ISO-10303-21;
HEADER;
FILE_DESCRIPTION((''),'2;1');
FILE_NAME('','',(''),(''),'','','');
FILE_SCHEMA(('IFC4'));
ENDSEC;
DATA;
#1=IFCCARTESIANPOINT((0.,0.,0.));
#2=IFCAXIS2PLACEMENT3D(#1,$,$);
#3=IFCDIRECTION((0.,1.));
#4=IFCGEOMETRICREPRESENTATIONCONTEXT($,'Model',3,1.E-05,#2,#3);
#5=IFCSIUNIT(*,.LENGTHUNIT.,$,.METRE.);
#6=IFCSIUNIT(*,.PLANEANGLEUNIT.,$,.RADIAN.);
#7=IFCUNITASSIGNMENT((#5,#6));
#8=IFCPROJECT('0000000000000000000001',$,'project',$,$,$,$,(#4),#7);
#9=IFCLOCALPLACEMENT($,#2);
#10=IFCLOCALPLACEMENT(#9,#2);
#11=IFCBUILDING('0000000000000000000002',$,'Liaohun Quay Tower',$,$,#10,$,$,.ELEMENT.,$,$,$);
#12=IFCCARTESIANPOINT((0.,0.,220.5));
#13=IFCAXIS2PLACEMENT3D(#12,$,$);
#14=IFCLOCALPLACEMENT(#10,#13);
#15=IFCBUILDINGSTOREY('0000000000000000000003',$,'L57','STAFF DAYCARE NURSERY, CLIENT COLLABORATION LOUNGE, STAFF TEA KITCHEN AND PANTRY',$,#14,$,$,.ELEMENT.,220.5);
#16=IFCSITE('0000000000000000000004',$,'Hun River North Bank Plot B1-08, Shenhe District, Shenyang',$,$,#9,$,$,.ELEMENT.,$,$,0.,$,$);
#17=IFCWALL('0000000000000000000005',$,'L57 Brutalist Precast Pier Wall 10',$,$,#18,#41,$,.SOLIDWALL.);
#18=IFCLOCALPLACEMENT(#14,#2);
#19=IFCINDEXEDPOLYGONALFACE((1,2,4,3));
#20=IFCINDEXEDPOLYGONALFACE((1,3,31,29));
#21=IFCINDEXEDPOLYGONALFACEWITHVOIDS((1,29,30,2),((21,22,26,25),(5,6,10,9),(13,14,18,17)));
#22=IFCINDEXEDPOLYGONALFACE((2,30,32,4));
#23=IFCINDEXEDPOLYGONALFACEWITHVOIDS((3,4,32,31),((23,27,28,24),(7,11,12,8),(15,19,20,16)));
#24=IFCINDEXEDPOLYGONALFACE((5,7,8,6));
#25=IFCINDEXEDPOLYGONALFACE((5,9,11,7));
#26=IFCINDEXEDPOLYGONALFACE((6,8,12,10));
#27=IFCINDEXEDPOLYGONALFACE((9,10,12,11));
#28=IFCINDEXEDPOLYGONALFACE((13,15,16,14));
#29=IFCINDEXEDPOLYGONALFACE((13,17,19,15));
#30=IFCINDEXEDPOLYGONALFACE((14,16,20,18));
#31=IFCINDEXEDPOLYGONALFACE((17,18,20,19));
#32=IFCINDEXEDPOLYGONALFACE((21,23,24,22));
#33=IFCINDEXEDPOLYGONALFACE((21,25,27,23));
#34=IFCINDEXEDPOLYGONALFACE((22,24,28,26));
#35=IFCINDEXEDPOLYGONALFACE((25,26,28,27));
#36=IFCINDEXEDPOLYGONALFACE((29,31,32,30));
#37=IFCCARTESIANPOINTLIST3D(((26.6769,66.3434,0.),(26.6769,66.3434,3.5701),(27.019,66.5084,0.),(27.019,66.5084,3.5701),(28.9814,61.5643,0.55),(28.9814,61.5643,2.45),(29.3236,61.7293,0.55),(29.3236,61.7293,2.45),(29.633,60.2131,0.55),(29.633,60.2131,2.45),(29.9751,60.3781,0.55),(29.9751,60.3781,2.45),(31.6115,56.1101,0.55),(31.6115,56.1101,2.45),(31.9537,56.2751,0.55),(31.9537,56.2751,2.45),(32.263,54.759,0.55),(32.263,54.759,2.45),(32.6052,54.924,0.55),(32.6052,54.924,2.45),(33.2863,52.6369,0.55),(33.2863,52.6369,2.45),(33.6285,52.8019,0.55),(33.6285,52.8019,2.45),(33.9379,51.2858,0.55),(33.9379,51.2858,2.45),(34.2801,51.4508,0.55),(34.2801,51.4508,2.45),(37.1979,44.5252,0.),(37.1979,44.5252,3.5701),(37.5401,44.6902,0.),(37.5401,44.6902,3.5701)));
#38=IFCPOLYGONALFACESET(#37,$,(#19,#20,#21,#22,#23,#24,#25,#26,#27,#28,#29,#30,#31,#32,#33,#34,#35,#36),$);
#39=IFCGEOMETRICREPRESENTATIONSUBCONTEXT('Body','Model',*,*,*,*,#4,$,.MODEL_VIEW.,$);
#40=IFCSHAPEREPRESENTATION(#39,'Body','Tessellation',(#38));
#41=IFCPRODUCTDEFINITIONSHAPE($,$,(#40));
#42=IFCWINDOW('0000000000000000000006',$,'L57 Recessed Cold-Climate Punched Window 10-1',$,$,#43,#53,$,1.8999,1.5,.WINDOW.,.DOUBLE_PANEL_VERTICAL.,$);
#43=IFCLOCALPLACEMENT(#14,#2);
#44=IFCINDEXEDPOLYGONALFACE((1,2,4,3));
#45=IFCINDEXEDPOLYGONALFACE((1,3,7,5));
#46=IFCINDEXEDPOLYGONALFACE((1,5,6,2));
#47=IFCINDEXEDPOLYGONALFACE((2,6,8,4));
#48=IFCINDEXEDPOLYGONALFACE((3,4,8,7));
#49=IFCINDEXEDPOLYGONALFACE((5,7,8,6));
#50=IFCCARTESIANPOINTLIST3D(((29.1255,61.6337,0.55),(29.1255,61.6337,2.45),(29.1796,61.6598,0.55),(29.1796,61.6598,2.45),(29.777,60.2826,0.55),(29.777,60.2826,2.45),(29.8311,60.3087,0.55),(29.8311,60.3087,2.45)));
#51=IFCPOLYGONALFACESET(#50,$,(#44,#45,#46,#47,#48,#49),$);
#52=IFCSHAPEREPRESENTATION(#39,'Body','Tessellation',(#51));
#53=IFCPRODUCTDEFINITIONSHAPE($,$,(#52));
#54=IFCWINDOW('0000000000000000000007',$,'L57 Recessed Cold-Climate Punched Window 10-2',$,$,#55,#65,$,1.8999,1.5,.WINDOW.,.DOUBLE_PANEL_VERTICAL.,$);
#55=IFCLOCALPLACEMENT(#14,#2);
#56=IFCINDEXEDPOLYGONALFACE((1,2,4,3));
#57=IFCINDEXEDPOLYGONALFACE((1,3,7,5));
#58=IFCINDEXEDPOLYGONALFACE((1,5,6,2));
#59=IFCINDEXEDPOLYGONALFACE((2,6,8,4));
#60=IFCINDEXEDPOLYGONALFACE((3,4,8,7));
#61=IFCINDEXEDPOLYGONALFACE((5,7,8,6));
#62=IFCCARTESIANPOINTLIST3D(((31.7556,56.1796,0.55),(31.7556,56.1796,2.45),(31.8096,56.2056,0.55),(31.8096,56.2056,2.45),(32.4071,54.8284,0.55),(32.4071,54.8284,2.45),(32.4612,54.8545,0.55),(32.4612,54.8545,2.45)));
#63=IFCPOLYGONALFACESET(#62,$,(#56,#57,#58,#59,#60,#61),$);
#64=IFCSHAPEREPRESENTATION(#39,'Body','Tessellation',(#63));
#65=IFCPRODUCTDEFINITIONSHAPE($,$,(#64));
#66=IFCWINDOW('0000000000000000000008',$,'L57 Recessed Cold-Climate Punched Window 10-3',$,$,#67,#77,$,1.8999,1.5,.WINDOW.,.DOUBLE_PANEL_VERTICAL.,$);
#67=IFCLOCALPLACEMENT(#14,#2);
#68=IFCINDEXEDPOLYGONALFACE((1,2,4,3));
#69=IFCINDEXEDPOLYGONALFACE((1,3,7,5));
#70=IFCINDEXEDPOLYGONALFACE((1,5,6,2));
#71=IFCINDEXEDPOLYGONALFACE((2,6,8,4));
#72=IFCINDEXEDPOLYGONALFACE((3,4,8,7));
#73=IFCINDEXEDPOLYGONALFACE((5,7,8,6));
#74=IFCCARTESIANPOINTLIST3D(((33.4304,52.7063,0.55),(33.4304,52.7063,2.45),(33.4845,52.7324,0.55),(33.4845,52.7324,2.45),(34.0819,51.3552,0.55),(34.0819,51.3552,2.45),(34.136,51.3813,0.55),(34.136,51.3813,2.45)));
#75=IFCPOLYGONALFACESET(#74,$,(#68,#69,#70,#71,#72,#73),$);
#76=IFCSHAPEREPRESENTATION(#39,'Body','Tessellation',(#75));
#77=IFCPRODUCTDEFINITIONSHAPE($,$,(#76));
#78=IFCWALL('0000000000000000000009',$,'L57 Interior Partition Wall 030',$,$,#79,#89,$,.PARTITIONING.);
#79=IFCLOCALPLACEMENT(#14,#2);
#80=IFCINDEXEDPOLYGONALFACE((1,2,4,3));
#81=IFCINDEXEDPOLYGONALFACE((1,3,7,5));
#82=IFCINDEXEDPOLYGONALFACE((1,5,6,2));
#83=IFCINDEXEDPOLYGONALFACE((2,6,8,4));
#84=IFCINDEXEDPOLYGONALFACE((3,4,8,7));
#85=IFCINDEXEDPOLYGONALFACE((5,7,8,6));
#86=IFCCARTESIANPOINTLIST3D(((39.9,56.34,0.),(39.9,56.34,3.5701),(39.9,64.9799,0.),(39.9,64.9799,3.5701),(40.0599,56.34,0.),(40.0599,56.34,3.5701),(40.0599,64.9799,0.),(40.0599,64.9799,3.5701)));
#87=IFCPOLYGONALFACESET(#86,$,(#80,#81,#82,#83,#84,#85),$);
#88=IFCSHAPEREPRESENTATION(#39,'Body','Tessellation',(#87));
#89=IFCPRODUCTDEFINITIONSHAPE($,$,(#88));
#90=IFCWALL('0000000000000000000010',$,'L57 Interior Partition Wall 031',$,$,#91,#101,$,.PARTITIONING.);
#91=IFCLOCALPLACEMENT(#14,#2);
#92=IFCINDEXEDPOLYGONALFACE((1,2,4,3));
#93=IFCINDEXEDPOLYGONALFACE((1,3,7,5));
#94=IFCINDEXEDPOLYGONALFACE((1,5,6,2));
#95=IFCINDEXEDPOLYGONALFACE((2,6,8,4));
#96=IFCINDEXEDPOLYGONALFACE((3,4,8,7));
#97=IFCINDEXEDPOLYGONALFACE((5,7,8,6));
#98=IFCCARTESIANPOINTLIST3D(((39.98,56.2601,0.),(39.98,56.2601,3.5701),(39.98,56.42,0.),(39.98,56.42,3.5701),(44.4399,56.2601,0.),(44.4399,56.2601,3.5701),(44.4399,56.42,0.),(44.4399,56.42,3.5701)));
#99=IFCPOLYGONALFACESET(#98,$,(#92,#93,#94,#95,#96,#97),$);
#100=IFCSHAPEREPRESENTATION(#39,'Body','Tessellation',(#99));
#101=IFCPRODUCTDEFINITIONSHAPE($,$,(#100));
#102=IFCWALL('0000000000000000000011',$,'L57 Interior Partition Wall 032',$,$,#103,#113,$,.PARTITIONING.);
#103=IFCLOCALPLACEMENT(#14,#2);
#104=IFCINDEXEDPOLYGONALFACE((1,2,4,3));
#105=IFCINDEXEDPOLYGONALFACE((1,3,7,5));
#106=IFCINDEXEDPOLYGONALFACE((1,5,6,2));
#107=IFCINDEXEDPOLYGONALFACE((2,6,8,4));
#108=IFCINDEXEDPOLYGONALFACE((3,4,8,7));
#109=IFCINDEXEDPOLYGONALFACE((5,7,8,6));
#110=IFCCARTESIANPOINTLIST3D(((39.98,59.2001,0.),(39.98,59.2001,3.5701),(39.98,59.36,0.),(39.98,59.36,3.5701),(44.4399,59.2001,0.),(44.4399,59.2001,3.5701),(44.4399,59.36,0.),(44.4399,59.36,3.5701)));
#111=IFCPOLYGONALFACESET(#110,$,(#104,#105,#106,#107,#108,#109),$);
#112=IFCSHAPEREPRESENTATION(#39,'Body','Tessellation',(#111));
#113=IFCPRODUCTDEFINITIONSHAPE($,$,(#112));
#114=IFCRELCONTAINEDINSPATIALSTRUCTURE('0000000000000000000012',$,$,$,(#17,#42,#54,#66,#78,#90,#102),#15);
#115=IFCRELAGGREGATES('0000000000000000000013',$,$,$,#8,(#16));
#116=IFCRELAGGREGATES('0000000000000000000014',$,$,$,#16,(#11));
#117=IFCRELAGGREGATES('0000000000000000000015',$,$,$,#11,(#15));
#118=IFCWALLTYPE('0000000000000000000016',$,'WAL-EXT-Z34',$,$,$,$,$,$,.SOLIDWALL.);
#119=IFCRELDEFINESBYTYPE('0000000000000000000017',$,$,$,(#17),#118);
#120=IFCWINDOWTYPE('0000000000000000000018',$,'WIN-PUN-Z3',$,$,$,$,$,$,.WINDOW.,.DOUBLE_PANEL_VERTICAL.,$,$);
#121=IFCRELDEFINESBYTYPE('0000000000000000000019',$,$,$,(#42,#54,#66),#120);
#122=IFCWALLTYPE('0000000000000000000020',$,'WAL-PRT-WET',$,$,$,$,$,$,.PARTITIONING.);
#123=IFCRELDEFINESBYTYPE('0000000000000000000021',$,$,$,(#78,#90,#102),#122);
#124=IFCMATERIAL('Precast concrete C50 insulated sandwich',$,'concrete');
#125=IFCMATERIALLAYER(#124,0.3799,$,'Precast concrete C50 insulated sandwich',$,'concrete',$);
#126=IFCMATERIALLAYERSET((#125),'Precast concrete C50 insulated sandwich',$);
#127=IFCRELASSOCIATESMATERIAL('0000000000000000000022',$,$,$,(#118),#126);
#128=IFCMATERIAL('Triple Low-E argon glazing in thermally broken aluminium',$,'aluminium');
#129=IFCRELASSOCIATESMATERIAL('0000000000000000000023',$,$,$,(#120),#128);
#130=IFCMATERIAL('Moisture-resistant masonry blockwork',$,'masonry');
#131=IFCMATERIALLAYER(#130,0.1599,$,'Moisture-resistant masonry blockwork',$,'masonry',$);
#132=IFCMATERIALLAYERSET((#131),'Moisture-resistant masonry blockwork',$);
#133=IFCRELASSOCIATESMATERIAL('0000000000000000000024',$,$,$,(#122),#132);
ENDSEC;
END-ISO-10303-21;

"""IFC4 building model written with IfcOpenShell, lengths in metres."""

from ifc_helpers import new_model, si_unit, direction, frame, frame_2d, origin, place, context, subcontext, project, spatial, rectangle, extrude, source, transform, mapped, material, layer, layer_set, type_object, element, fill, save


model = new_model("IFC4")

# Units and contexts
model_context = context("Model", 3, precision=1e-05, world=origin(), true_north=direction((0.0, 1.0)))
body_context = subcontext(model_context, "Body", "Model", "MODEL_VIEW")
ifc_project = project(units=[si_unit("LENGTHUNIT", "METRE"), si_unit("PLANEANGLEUNIT", "RADIAN")], contexts=[model_context])

# Site, building, storey
site_placement = place(None, origin())
site = spatial("IfcSite", under=ifc_project, at=site_placement, Name="Hun River North Bank Plot B1-08, Shenhe District, Shenyang", CompositionType="ELEMENT", RefElevation=0.0)
building_placement = place(site_placement, origin())
building = spatial("IfcBuilding", under=site, at=building_placement, Name="Liaohun Quay Tower", CompositionType="ELEMENT")
storey_placement = place(building_placement, frame((0.0, 0.0, 220.5)))
storey = spatial("IfcBuildingStorey", under=building, at=storey_placement, Name="L57", Description="STAFF DAYCARE NURSERY, CLIENT COLLABORATION LOUNGE, STAFF TEA KITCHEN AND PANTRY", CompositionType="ELEMENT", Elevation=220.5)

# Shared definitions
ifc_material_1 = material(Name="Precast concrete C50 insulated sandwich", Category="concrete")
ifc_layer_1 = layer(ifc_material_1, 0.3799, Name="Precast concrete C50 insulated sandwich", Category="concrete")
ifc_layer_set_1 = layer_set([ifc_layer_1], Name="Precast concrete C50 insulated sandwich")
wall_type_1 = type_object("IfcWallType", Name="WAL-EXT-Z34", PredefinedType="SOLIDWALL", material=ifc_layer_set_1)

# Wall, openings, windows
wall_1_placement = place(storey_placement, frame((26.8479, 66.426, 0.0), z_axis=(0.0, 0.0, 1.0), x_axis=(0.434351, -0.900744, 0.0)))
wall_1 = element("IfcWall", 1, at=wall_1_placement, inside=storey, type_object=wall_type_1, Name="L57 Brutalist Precast Pier Wall 10", PredefinedType="SOLIDWALL", context=body_context, shape_type="SweptSolid", body=[
    extrude(rectangle(XDim=24.2224, YDim=0.3799, at=frame_2d((12.1113, 0.0))), origin(), (0.0, 0.0, 1.0), 3.5701),
])
shared_shape_1 = source(origin(), body_context, "Body", "SweptSolid", [
    extrude(rectangle(XDim=1.5, YDim=1.8999, at=frame_2d((0.75, 0.95))), frame((0.0, 0.2, 0.0), z_axis=(0.0, -1.0, 0.0), x_axis=(1.0, 0.0, 0.0)), (0.0, 0.0, 1.0), 0.3999),
])
opening_1_placement = place(wall_1_placement, frame((5.3059, 0.0, 0.55)))
opening_1 = element("IfcOpeningElement", 2, at=opening_1_placement, cuts=wall_1, PredefinedType="OPENING", context=body_context, shape_type="MappedRepresentation", body=[
    mapped(shared_shape_1, transform((0.0, 0.0, 0.0), x_axis=(1.0, 0.0, 0.0), y_axis=(0.0, 1.0, 0.0), z_axis=(0.0, 0.0, 1.0), scale=1.0)),
])
opening_2_placement = place(wall_1_placement, frame((11.3611, 0.0, 0.55)))
opening_2 = element("IfcOpeningElement", 3, at=opening_2_placement, cuts=wall_1, PredefinedType="OPENING", context=body_context, shape_type="MappedRepresentation", body=[
    mapped(shared_shape_1, transform((0.0, 0.0, 0.0), x_axis=(1.0, 0.0, 0.0), y_axis=(0.0, 1.0, 0.0), z_axis=(0.0, 0.0, 1.0), scale=1.0)),
])
opening_3_placement = place(wall_1_placement, frame((15.217, 0.0, 0.55)))
opening_3 = element("IfcOpeningElement", 4, at=opening_3_placement, cuts=wall_1, PredefinedType="OPENING", context=body_context, shape_type="MappedRepresentation", body=[
    mapped(shared_shape_1, transform((0.0, 0.0, 0.0), x_axis=(1.0, 0.0, 0.0), y_axis=(0.0, 1.0, 0.0), z_axis=(0.0, 0.0, 1.0), scale=1.0)),
])
ifc_material_2 = material(Name="Triple Low-E argon glazing in thermally broken aluminium", Category="aluminium")
window_type_1 = type_object("IfcWindowType", Name="WIN-PUN-Z3", PartitioningType="DOUBLE_PANEL_VERTICAL", PredefinedType="WINDOW", material=ifc_material_2)
shared_shape_2 = source(origin(), body_context, "Body", "SweptSolid", [
    extrude(rectangle(XDim=1.5, YDim=1.8999, at=frame_2d((0.75, 0.95))), frame((0.0, 0.03, 0.0), z_axis=(0.0, -1.0, 0.0), x_axis=(1.0, 0.0, 0.0)), (0.0, 0.0, 1.0), 0.0601),
])
window_1_placement = place(opening_1_placement, origin())
window_1 = element("IfcWindow", 5, at=window_1_placement, inside=storey, type_object=window_type_1, Name="L57 Recessed Cold-Climate Punched Window 10-1", OverallHeight=1.8999, OverallWidth=1.5, PartitioningType="DOUBLE_PANEL_VERTICAL", PredefinedType="WINDOW", context=body_context, shape_type="MappedRepresentation", body=[
    mapped(shared_shape_2, transform((0.0, 0.0, 0.0), x_axis=(1.0, 0.0, 0.0), y_axis=(0.0, 1.0, 0.0), z_axis=(0.0, 0.0, 1.0), scale=1.0)),
])
fill(opening_1, window_1)
window_2_placement = place(opening_2_placement, origin())
window_2 = element("IfcWindow", 6, at=window_2_placement, inside=storey, type_object=window_type_1, Name="L57 Recessed Cold-Climate Punched Window 10-2", OverallHeight=1.8999, OverallWidth=1.5, PartitioningType="DOUBLE_PANEL_VERTICAL", PredefinedType="WINDOW", context=body_context, shape_type="MappedRepresentation", body=[
    mapped(shared_shape_2, transform((0.0, 0.0, 0.0), x_axis=(1.0, 0.0, 0.0), y_axis=(0.0, 1.0, 0.0), z_axis=(0.0, 0.0, 1.0), scale=1.0)),
])
fill(opening_2, window_2)
window_3_placement = place(opening_3_placement, origin())
window_3 = element("IfcWindow", 7, at=window_3_placement, inside=storey, type_object=window_type_1, Name="L57 Recessed Cold-Climate Punched Window 10-3", OverallHeight=1.8999, OverallWidth=1.5, PartitioningType="DOUBLE_PANEL_VERTICAL", PredefinedType="WINDOW", context=body_context, shape_type="MappedRepresentation", body=[
    mapped(shared_shape_2, transform((0.0, 0.0, 0.0), x_axis=(1.0, 0.0, 0.0), y_axis=(0.0, 1.0, 0.0), z_axis=(0.0, 0.0, 1.0), scale=1.0)),
])
fill(opening_3, window_3)

# Walls
ifc_material_3 = material(Name="Moisture-resistant masonry blockwork", Category="masonry")
ifc_layer_2 = layer(ifc_material_3, 0.1599, Name="Moisture-resistant masonry blockwork", Category="masonry")
ifc_layer_set_2 = layer_set([ifc_layer_2], Name="Moisture-resistant masonry blockwork")
wall_type_2 = type_object("IfcWallType", Name="WAL-PRT-WET", PredefinedType="PARTITIONING", material=ifc_layer_set_2)
wall_2_placement = place(storey_placement, frame((39.98, 56.3401, 0.0), z_axis=(0.0, 0.0, 1.0), x_axis=(0.0, 1.0, 0.0)))
element("IfcWall", 8, at=wall_2_placement, inside=storey, type_object=wall_type_2, Name="L57 Interior Partition Wall 030", PredefinedType="PARTITIONING", context=body_context, shape_type="SweptSolid", body=[
    extrude(rectangle(XDim=8.6399, YDim=0.1599, at=frame_2d((4.3198, 0.0))), origin(), (0.0, 0.0, 1.0), 3.5701),
])
for number, where, z_axis, x_axis, name in (
    (9, (39.98, 56.3401, 0.0), (0.0, 0.0, 1.0), (1.0, 0.0, 0.0), "L57 Interior Partition Wall 031"),
    (10, (39.98, 59.28, 0.0), (0.0, 0.0, 1.0), (1.0, 0.0, 0.0), "L57 Interior Partition Wall 032"),
):
    element("IfcWall", number, at=place(storey_placement, frame(where, z_axis=z_axis, x_axis=x_axis)), inside=storey, type_object=wall_type_2, Name=name, PredefinedType="PARTITIONING", context=body_context, shape_type="SweptSolid", body=[
        extrude(rectangle(XDim=4.46, YDim=0.1599, at=frame_2d((2.23, 0.0))), origin(), (0.0, 0.0, 1.0), 3.5701),
    ])

save(model, "model.ifc")
